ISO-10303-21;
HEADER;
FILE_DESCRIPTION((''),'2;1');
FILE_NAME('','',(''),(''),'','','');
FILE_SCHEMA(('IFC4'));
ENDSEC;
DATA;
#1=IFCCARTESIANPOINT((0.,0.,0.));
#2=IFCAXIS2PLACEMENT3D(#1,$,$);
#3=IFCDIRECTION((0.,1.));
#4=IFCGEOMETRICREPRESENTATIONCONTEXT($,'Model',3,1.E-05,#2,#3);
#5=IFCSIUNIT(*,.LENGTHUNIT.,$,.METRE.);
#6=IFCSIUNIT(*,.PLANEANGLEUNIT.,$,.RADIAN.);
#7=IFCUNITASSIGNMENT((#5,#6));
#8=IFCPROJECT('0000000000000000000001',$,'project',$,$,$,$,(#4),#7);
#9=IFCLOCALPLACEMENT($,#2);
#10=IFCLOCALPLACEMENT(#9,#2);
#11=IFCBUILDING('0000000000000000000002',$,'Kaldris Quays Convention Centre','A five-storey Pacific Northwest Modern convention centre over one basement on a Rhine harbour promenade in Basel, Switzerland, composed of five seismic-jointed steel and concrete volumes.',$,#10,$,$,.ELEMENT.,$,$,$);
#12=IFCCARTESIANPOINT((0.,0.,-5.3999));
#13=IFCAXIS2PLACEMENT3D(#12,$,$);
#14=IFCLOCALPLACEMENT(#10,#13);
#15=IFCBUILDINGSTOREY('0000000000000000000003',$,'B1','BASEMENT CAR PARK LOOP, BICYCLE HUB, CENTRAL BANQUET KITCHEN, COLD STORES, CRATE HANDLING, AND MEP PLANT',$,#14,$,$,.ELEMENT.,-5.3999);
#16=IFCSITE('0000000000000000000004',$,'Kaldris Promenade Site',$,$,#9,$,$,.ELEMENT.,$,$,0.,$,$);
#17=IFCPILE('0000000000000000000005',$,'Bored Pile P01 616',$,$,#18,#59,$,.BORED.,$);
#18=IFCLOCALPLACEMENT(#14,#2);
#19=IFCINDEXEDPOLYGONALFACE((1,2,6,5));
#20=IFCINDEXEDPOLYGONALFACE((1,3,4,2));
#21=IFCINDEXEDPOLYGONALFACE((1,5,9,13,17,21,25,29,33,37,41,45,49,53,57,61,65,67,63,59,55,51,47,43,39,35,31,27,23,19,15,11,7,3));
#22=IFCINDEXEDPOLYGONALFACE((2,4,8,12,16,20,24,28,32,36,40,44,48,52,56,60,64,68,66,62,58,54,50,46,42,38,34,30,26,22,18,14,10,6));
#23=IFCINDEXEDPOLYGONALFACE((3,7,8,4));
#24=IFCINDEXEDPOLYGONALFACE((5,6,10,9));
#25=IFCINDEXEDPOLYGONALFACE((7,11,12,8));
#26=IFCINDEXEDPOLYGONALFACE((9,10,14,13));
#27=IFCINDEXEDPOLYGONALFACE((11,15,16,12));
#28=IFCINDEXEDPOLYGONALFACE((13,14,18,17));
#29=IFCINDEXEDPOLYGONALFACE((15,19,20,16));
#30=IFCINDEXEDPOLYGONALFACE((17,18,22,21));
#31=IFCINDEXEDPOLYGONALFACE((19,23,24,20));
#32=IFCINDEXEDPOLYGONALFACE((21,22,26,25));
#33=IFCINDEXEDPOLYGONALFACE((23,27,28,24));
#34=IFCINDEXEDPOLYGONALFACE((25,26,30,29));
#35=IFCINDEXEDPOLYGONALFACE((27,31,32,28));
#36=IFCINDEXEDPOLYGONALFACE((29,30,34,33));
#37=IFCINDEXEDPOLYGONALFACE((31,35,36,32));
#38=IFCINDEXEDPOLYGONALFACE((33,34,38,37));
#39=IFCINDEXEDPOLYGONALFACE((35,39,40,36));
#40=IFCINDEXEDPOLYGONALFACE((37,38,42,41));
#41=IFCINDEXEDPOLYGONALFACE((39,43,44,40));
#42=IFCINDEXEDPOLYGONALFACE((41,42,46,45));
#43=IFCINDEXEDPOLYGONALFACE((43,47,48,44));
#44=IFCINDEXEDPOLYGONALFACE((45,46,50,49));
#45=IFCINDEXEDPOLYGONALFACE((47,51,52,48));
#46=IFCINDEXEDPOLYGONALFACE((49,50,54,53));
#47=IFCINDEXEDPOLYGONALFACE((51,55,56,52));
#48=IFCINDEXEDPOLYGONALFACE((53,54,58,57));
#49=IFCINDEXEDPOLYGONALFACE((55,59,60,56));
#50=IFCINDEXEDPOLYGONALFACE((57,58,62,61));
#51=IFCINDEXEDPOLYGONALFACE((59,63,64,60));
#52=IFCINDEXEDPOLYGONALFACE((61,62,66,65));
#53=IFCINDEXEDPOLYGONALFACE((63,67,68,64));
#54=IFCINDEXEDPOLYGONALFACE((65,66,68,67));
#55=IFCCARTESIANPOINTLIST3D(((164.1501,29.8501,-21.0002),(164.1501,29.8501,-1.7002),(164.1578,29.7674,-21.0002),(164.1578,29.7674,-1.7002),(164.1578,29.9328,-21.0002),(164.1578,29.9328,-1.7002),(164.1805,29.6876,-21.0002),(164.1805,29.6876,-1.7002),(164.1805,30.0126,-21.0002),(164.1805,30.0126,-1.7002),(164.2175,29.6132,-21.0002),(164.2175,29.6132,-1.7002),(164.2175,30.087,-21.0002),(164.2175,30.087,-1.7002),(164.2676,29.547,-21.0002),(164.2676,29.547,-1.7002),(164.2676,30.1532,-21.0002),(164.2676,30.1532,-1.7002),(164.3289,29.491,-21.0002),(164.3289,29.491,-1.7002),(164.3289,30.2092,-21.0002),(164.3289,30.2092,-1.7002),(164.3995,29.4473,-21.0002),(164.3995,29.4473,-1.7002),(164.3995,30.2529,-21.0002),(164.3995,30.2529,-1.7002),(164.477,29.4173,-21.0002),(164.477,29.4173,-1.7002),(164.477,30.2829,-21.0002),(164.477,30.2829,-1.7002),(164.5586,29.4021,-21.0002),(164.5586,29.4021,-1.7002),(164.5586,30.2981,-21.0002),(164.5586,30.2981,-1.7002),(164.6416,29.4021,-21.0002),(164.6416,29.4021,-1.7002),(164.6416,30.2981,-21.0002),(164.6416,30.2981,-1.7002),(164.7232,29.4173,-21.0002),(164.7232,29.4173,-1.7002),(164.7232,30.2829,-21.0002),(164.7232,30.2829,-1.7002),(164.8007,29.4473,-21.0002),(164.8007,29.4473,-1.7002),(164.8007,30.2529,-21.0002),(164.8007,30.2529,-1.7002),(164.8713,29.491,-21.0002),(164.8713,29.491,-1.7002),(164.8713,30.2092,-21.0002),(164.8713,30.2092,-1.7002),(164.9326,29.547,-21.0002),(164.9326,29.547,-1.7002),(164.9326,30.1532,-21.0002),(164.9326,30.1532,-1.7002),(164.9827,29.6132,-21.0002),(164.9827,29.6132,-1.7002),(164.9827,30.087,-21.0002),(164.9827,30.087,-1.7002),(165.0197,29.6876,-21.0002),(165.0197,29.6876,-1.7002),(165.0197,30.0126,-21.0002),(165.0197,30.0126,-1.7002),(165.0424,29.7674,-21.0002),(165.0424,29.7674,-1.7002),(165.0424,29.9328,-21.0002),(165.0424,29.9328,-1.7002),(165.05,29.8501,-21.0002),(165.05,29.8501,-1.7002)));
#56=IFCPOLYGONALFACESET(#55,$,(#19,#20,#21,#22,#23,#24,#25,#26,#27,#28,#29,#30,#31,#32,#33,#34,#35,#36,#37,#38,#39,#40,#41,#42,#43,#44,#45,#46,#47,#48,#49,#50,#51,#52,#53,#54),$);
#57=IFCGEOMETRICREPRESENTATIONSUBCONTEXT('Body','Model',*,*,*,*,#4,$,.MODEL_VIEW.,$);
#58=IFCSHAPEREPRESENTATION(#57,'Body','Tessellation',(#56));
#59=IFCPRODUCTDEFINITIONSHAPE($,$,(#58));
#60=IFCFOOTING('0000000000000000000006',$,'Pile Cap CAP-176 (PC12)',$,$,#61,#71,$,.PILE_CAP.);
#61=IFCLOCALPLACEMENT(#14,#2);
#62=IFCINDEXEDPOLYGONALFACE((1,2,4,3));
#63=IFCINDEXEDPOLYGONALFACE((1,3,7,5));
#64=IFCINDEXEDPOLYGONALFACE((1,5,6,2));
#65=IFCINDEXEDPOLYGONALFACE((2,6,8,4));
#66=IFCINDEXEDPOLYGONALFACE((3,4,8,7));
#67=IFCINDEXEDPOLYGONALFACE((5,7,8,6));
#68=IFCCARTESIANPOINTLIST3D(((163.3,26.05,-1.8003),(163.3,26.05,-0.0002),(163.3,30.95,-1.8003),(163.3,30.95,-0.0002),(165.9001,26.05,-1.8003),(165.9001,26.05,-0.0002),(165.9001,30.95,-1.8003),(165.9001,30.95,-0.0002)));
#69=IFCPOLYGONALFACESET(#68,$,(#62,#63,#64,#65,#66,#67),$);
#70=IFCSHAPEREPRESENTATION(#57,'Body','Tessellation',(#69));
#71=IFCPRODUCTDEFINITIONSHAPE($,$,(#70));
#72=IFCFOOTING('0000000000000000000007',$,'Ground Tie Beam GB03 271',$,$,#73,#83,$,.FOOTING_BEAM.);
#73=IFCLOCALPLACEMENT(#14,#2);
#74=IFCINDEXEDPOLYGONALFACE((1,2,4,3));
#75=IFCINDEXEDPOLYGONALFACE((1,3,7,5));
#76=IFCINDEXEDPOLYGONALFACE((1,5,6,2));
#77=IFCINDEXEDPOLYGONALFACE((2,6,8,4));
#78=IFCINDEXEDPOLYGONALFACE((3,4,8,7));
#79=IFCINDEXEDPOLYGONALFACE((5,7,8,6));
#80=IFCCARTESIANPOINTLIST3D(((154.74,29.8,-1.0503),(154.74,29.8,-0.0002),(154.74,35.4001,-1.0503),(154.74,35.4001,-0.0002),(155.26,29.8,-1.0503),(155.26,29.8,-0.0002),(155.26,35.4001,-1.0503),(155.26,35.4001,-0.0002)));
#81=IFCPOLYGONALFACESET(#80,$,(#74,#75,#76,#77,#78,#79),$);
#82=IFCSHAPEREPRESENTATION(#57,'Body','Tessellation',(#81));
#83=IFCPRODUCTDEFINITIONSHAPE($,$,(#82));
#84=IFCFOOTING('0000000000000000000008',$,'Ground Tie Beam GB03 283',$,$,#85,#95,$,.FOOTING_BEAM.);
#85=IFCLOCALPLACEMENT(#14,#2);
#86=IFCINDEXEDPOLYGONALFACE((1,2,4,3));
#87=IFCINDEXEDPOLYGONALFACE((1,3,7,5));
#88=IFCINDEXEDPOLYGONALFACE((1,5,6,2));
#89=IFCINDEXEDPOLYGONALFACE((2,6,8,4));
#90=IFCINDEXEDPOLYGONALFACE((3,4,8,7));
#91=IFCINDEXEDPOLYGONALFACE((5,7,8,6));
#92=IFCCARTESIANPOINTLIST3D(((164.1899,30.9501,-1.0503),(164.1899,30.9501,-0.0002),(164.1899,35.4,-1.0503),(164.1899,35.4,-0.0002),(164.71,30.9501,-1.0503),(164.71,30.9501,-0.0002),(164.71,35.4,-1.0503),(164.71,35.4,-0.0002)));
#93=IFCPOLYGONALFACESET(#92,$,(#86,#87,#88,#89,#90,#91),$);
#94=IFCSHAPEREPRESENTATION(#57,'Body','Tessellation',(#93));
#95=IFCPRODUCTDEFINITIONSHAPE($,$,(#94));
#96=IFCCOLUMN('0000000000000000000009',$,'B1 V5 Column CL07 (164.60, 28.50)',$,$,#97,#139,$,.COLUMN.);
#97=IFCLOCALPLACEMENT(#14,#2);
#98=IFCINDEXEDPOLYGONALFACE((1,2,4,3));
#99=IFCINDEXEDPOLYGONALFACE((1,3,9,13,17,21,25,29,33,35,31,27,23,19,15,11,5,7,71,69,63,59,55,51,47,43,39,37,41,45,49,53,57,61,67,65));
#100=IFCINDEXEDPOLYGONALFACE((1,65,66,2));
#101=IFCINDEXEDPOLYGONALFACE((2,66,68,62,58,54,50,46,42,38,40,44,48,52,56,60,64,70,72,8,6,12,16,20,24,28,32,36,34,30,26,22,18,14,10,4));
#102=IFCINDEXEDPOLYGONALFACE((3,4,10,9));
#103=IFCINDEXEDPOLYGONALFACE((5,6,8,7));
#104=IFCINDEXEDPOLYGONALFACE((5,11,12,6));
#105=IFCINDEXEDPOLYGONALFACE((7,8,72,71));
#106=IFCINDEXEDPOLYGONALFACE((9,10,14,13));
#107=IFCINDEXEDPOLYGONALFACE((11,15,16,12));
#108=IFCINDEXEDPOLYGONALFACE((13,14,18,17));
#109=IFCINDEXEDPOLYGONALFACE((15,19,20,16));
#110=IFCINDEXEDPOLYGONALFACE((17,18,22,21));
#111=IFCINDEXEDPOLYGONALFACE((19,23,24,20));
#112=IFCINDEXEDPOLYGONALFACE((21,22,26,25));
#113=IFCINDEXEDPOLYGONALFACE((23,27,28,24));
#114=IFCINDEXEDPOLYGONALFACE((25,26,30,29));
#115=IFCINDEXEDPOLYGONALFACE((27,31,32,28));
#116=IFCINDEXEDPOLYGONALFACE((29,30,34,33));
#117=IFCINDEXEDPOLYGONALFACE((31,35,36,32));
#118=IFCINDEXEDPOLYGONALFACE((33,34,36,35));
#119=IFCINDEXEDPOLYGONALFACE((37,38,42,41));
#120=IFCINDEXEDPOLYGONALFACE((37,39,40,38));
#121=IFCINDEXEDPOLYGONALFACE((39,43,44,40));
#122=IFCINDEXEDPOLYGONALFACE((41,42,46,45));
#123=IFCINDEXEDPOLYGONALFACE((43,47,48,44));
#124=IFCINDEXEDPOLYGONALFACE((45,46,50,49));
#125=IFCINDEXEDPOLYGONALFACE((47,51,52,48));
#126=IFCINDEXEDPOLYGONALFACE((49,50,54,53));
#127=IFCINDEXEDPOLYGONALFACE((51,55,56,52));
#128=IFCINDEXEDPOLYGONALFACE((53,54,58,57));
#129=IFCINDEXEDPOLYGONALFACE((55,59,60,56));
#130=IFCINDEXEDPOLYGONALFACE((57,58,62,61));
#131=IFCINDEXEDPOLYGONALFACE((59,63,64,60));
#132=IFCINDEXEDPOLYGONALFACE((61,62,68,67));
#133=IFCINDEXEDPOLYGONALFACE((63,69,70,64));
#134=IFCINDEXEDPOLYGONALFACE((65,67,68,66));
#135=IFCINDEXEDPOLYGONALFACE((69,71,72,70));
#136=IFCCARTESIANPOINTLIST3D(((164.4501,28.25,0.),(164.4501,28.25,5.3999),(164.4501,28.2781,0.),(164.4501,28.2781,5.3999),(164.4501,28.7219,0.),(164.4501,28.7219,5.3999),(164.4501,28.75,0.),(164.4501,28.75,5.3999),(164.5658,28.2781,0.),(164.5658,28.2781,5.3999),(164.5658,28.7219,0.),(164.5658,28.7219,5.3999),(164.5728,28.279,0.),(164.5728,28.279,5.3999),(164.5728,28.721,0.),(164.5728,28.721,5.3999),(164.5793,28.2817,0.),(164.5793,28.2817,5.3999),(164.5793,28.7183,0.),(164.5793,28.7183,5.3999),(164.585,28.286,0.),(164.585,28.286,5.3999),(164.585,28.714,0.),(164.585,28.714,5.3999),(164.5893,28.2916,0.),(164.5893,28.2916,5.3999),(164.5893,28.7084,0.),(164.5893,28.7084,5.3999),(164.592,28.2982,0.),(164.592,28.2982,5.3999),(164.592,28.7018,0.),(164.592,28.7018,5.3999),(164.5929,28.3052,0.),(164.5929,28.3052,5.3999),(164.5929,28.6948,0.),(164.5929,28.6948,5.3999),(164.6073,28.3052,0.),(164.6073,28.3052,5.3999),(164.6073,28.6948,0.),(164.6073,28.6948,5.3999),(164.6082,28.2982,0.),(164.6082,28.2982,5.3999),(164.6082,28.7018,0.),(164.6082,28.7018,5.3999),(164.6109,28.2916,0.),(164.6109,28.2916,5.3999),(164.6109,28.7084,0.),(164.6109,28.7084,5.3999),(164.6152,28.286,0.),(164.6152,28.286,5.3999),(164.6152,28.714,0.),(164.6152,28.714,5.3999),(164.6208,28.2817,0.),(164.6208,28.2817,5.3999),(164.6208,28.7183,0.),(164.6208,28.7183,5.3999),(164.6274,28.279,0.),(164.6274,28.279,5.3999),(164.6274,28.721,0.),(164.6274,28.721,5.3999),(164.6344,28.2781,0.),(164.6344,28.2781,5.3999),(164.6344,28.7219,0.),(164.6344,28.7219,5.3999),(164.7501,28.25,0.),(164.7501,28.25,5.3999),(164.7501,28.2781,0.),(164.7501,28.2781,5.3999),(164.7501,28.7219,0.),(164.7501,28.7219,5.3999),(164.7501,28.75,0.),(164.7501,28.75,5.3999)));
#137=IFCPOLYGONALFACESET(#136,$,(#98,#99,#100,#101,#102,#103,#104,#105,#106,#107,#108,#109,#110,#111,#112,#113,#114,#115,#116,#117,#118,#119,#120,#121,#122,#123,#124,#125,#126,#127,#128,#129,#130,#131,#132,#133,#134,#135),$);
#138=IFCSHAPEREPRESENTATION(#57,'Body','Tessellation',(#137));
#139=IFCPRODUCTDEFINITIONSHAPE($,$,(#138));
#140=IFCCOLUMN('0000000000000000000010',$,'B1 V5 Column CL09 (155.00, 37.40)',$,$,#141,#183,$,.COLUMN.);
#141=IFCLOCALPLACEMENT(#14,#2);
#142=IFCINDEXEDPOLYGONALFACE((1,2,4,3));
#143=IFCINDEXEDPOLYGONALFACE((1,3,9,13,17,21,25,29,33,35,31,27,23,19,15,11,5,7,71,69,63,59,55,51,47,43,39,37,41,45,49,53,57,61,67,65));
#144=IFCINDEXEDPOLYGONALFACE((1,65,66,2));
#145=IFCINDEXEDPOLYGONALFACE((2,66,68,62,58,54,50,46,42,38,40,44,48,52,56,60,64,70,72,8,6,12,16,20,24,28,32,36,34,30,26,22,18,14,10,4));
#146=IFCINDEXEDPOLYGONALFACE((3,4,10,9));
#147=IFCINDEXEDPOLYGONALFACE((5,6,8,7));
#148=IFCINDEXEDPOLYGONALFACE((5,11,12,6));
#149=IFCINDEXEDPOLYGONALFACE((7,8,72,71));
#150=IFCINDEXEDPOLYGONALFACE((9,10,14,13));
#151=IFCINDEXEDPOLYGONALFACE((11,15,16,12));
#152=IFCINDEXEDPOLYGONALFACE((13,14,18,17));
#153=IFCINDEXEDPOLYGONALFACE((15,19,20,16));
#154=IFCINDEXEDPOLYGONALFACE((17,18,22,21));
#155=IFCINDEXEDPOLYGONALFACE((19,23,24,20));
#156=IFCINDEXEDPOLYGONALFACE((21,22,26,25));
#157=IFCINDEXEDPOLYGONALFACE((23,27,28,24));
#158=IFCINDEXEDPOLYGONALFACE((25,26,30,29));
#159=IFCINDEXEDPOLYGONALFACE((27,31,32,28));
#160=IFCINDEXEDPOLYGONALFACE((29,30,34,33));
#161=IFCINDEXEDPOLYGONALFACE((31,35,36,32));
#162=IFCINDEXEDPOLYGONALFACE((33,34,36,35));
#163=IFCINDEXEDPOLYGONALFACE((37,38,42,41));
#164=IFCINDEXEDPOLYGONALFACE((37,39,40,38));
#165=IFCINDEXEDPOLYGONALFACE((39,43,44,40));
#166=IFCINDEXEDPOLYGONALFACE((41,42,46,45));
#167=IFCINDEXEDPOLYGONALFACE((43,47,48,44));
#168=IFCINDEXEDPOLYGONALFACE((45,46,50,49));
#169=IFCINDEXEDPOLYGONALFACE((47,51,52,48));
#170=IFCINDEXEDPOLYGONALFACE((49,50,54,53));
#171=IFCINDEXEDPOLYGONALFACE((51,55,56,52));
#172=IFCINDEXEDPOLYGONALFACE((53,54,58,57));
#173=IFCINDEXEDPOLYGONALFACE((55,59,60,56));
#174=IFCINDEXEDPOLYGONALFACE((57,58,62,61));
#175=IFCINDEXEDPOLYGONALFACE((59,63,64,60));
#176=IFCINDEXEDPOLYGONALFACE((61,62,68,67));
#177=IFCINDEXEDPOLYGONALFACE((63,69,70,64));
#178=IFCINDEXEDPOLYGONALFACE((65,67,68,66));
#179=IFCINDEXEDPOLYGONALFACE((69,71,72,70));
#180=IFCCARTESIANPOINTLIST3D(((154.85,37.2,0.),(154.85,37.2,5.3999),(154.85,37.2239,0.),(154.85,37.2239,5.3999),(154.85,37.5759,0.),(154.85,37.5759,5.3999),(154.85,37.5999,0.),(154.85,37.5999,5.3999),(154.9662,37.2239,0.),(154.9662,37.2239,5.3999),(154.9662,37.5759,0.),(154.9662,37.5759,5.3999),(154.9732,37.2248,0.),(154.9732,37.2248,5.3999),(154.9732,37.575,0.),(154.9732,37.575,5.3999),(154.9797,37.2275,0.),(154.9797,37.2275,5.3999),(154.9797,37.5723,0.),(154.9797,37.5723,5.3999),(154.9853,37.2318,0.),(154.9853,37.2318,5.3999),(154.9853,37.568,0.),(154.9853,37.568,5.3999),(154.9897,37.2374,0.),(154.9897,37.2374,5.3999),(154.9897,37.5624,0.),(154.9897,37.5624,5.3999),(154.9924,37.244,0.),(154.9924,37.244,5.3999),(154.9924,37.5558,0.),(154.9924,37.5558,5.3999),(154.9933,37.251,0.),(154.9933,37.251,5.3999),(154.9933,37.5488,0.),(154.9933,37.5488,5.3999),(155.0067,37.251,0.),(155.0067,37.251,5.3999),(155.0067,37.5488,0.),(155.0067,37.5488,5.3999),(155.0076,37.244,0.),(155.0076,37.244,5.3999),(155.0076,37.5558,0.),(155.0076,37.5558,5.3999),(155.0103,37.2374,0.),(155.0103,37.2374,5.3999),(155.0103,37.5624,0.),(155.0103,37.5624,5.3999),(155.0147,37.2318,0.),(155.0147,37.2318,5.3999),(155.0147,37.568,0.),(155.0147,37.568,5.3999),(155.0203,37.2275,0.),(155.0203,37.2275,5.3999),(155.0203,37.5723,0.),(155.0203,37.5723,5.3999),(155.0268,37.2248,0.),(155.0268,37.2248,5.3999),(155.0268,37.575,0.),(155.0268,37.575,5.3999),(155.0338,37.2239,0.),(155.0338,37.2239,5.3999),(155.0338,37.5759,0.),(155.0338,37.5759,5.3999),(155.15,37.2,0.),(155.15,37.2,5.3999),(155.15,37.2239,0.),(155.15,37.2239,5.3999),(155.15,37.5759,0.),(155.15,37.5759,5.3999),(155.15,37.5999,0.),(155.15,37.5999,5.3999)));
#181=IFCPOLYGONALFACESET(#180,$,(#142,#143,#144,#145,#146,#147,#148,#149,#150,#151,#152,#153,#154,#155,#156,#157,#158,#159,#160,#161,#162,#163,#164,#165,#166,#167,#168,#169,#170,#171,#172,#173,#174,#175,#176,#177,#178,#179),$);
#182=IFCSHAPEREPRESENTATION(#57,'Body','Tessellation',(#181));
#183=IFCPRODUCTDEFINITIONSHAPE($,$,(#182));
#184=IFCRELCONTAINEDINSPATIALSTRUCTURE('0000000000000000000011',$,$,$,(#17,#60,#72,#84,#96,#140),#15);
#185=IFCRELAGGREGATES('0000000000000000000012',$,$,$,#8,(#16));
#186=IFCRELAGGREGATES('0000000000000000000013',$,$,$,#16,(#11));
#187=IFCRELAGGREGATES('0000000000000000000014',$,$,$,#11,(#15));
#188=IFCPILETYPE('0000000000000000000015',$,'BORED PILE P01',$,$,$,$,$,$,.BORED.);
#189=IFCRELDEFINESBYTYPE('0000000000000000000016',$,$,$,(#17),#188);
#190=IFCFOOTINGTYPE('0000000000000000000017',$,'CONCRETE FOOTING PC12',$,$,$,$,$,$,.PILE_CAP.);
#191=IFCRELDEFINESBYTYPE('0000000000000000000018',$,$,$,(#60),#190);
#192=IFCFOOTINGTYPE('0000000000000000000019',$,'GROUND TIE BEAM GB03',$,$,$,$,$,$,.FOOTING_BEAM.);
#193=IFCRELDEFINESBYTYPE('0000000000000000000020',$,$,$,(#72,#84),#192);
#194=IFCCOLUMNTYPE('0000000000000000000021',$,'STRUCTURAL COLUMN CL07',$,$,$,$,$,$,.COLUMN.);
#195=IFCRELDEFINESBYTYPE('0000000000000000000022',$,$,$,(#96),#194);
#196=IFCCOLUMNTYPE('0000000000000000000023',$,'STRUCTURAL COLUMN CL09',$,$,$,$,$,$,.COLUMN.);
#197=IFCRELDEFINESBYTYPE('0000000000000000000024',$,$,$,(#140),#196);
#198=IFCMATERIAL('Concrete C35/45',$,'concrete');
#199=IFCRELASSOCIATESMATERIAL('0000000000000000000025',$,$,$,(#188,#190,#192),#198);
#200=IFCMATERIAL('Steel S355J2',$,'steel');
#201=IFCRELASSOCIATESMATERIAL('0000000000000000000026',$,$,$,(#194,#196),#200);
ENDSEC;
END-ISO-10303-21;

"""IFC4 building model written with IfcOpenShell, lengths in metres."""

from ifc_helpers import new_model, si_unit, direction, frame, origin, origin_2d, place, context, subcontext, project, spatial, rectangle, circle, i_section, extrude, material, material_profile, profile_set, type_object, element, save


model = new_model("IFC4")

# Units and contexts
model_context = context("Model", 3, precision=1e-05, world=origin(), true_north=direction((0.0, 1.0)))
body_context = subcontext(model_context, "Body", "Model", "MODEL_VIEW")
ifc_project = project(units=[si_unit("LENGTHUNIT", "METRE"), si_unit("PLANEANGLEUNIT", "RADIAN")], contexts=[model_context])

# Site, building, storey
site_placement = place(None, origin())
site = spatial("IfcSite", under=ifc_project, at=site_placement, Name="Kaldris Promenade Site", CompositionType="ELEMENT", RefElevation=0.0)
building_placement = place(site_placement, origin())
building = spatial("IfcBuilding", under=site, at=building_placement, Name="Kaldris Quays Convention Centre", Description="A five-storey Pacific Northwest Modern convention centre over one basement on a Rhine harbour promenade in Basel, Switzerland, composed of five seismic-jointed steel and concrete volumes.", CompositionType="ELEMENT")
storey_placement = place(building_placement, frame((0.0, 0.0, -5.3999)))
storey = spatial("IfcBuildingStorey", under=building, at=storey_placement, Name="B1", Description="BASEMENT CAR PARK LOOP, BICYCLE HUB, CENTRAL BANQUET KITCHEN, COLD STORES, CRATE HANDLING, AND MEP PLANT", CompositionType="ELEMENT", Elevation=-5.3999)

# Pile
ifc_material_1 = material(Name="Concrete C35/45", Category="concrete")
ifc_material_profile_1 = material_profile(ifc_material_1, circle(Radius=0.45, at=origin_2d()), Name="BORED PILE D900")
ifc_profile_set_1 = profile_set([ifc_material_profile_1], Name="Concrete C35/45")
pile_type = type_object("IfcPileType", Name="BORED PILE P01", PredefinedType="BORED", material=ifc_profile_set_1)
for number, where, z_axis, x_axis, name in (
    (1, (164.6001, 29.8501, -1.7002), (0.0, 0.0, -1.0), (1.0, 0.0, 0.0), "Bored Pile P01 616"),
):
    element("IfcPile", number, at=place(storey_placement, frame(where, z_axis=z_axis, x_axis=x_axis)), inside=storey, type_object=pile_type, Name=name, PredefinedType="BORED", context=body_context, shape_type="SweptSolid", body=[
        extrude(circle(Radius=0.45, at=origin_2d()), origin(), (0.0, 0.0, 1.0), 19.3),
    ])

# Footings
footing_type_1 = type_object("IfcFootingType", Name="CONCRETE FOOTING PC12", PredefinedType="PILE_CAP", material=ifc_material_1)
footing_1_placement = place(storey_placement, frame((164.6001, 28.5, -1.8003), z_axis=(0.0, 0.0, 1.0), x_axis=(1.0, 0.0, 0.0)))
element("IfcFooting", 2, at=footing_1_placement, inside=storey, type_object=footing_type_1, Name="Pile Cap CAP-176 (PC12)", PredefinedType="PILE_CAP", context=body_context, shape_type="SweptSolid", body=[
    extrude(rectangle(XDim=2.6001, YDim=4.8999, at=origin_2d()), origin(), (0.0, 0.0, 1.0), 1.8),
])
footing_type_2 = type_object("IfcFootingType", Name="GROUND TIE BEAM GB03", PredefinedType="FOOTING_BEAM", material=ifc_material_1)
footing_2_placement = place(storey_placement, frame((155.0, 32.6001, -1.0503), z_axis=(0.0, 0.0, 1.0), x_axis=(1.0, 0.0, 0.0)))
element("IfcFooting", 3, at=footing_2_placement, inside=storey, type_object=footing_type_2, Name="Ground Tie Beam GB03 271", PredefinedType="FOOTING_BEAM", context=body_context, shape_type="SweptSolid", body=[
    extrude(rectangle(XDim=0.52, YDim=5.6001, at=origin_2d()), origin(), (0.0, 0.0, 1.0), 1.05),
])
footing_3_placement = place(storey_placement, frame((164.45, 33.175, -1.0503), z_axis=(0.0, 0.0, 1.0), x_axis=(1.0, 0.0, 0.0)))
element("IfcFooting", 4, at=footing_3_placement, inside=storey, type_object=footing_type_2, Name="Ground Tie Beam GB03 283", PredefinedType="FOOTING_BEAM", context=body_context, shape_type="SweptSolid", body=[
    extrude(rectangle(XDim=0.52, YDim=4.45, at=origin_2d()), origin(), (0.0, 0.0, 1.0), 1.05),
])

# Columns
ifc_material_2 = material(Name="Steel S355J2", Category="steel")
ifc_material_profile_2 = material_profile(ifc_material_2, i_section(OverallWidth=0.3, OverallDepth=0.5, WebThickness=0.0144, FlangeThickness=0.0281, FilletRadius=0.0271, at=origin_2d()), Name="HEB 500")
ifc_profile_set_2 = profile_set([ifc_material_profile_2], Name="Steel S355J2")
column_type_1 = type_object("IfcColumnType", Name="STRUCTURAL COLUMN CL07", PredefinedType="COLUMN", material=ifc_profile_set_2)
column_placement = place(storey_placement, frame((164.6001, 28.5, 0.0), z_axis=(0.0, 0.0, 1.0), x_axis=(1.0, 0.0, 0.0)))
element("IfcColumn", 5, at=column_placement, inside=storey, type_object=column_type_1, Name="B1 V5 Column CL07 (164.60, 28.50)", PredefinedType="COLUMN", context=body_context, shape_type="SweptSolid", body=[
    extrude(i_section(OverallWidth=0.3, OverallDepth=0.5, WebThickness=0.0144, FlangeThickness=0.0281, FilletRadius=0.0271, at=origin_2d()), origin(), (0.0, 0.0, 1.0), 5.3999),
])
ifc_material_profile_3 = material_profile(ifc_material_2, i_section(OverallWidth=0.3, OverallDepth=0.3999, WebThickness=0.0134, FlangeThickness=0.0239, FilletRadius=0.0271, at=origin_2d()), Name="HEB 400")
ifc_profile_set_3 = profile_set([ifc_material_profile_3], Name="Steel S355J2")
column_type_2 = type_object("IfcColumnType", Name="STRUCTURAL COLUMN CL09", PredefinedType="COLUMN", material=ifc_profile_set_3)
for number, where, z_axis, x_axis, name in (
    (6, (155.0, 37.3999, 0.0), (0.0, 0.0, 1.0), (1.0, 0.0, 0.0), "B1 V5 Column CL09 (155.00, 37.40)"),
):
    element("IfcColumn", number, at=place(storey_placement, frame(where, z_axis=z_axis, x_axis=x_axis)), inside=storey, type_object=column_type_2, Name=name, PredefinedType="COLUMN", context=body_context, shape_type="SweptSolid", body=[
        extrude(i_section(OverallWidth=0.3, OverallDepth=0.3999, WebThickness=0.0134, FlangeThickness=0.0239, FilletRadius=0.0271, at=origin_2d()), origin(), (0.0, 0.0, 1.0), 5.3999),
    ])

save(model, "model.ifc")
